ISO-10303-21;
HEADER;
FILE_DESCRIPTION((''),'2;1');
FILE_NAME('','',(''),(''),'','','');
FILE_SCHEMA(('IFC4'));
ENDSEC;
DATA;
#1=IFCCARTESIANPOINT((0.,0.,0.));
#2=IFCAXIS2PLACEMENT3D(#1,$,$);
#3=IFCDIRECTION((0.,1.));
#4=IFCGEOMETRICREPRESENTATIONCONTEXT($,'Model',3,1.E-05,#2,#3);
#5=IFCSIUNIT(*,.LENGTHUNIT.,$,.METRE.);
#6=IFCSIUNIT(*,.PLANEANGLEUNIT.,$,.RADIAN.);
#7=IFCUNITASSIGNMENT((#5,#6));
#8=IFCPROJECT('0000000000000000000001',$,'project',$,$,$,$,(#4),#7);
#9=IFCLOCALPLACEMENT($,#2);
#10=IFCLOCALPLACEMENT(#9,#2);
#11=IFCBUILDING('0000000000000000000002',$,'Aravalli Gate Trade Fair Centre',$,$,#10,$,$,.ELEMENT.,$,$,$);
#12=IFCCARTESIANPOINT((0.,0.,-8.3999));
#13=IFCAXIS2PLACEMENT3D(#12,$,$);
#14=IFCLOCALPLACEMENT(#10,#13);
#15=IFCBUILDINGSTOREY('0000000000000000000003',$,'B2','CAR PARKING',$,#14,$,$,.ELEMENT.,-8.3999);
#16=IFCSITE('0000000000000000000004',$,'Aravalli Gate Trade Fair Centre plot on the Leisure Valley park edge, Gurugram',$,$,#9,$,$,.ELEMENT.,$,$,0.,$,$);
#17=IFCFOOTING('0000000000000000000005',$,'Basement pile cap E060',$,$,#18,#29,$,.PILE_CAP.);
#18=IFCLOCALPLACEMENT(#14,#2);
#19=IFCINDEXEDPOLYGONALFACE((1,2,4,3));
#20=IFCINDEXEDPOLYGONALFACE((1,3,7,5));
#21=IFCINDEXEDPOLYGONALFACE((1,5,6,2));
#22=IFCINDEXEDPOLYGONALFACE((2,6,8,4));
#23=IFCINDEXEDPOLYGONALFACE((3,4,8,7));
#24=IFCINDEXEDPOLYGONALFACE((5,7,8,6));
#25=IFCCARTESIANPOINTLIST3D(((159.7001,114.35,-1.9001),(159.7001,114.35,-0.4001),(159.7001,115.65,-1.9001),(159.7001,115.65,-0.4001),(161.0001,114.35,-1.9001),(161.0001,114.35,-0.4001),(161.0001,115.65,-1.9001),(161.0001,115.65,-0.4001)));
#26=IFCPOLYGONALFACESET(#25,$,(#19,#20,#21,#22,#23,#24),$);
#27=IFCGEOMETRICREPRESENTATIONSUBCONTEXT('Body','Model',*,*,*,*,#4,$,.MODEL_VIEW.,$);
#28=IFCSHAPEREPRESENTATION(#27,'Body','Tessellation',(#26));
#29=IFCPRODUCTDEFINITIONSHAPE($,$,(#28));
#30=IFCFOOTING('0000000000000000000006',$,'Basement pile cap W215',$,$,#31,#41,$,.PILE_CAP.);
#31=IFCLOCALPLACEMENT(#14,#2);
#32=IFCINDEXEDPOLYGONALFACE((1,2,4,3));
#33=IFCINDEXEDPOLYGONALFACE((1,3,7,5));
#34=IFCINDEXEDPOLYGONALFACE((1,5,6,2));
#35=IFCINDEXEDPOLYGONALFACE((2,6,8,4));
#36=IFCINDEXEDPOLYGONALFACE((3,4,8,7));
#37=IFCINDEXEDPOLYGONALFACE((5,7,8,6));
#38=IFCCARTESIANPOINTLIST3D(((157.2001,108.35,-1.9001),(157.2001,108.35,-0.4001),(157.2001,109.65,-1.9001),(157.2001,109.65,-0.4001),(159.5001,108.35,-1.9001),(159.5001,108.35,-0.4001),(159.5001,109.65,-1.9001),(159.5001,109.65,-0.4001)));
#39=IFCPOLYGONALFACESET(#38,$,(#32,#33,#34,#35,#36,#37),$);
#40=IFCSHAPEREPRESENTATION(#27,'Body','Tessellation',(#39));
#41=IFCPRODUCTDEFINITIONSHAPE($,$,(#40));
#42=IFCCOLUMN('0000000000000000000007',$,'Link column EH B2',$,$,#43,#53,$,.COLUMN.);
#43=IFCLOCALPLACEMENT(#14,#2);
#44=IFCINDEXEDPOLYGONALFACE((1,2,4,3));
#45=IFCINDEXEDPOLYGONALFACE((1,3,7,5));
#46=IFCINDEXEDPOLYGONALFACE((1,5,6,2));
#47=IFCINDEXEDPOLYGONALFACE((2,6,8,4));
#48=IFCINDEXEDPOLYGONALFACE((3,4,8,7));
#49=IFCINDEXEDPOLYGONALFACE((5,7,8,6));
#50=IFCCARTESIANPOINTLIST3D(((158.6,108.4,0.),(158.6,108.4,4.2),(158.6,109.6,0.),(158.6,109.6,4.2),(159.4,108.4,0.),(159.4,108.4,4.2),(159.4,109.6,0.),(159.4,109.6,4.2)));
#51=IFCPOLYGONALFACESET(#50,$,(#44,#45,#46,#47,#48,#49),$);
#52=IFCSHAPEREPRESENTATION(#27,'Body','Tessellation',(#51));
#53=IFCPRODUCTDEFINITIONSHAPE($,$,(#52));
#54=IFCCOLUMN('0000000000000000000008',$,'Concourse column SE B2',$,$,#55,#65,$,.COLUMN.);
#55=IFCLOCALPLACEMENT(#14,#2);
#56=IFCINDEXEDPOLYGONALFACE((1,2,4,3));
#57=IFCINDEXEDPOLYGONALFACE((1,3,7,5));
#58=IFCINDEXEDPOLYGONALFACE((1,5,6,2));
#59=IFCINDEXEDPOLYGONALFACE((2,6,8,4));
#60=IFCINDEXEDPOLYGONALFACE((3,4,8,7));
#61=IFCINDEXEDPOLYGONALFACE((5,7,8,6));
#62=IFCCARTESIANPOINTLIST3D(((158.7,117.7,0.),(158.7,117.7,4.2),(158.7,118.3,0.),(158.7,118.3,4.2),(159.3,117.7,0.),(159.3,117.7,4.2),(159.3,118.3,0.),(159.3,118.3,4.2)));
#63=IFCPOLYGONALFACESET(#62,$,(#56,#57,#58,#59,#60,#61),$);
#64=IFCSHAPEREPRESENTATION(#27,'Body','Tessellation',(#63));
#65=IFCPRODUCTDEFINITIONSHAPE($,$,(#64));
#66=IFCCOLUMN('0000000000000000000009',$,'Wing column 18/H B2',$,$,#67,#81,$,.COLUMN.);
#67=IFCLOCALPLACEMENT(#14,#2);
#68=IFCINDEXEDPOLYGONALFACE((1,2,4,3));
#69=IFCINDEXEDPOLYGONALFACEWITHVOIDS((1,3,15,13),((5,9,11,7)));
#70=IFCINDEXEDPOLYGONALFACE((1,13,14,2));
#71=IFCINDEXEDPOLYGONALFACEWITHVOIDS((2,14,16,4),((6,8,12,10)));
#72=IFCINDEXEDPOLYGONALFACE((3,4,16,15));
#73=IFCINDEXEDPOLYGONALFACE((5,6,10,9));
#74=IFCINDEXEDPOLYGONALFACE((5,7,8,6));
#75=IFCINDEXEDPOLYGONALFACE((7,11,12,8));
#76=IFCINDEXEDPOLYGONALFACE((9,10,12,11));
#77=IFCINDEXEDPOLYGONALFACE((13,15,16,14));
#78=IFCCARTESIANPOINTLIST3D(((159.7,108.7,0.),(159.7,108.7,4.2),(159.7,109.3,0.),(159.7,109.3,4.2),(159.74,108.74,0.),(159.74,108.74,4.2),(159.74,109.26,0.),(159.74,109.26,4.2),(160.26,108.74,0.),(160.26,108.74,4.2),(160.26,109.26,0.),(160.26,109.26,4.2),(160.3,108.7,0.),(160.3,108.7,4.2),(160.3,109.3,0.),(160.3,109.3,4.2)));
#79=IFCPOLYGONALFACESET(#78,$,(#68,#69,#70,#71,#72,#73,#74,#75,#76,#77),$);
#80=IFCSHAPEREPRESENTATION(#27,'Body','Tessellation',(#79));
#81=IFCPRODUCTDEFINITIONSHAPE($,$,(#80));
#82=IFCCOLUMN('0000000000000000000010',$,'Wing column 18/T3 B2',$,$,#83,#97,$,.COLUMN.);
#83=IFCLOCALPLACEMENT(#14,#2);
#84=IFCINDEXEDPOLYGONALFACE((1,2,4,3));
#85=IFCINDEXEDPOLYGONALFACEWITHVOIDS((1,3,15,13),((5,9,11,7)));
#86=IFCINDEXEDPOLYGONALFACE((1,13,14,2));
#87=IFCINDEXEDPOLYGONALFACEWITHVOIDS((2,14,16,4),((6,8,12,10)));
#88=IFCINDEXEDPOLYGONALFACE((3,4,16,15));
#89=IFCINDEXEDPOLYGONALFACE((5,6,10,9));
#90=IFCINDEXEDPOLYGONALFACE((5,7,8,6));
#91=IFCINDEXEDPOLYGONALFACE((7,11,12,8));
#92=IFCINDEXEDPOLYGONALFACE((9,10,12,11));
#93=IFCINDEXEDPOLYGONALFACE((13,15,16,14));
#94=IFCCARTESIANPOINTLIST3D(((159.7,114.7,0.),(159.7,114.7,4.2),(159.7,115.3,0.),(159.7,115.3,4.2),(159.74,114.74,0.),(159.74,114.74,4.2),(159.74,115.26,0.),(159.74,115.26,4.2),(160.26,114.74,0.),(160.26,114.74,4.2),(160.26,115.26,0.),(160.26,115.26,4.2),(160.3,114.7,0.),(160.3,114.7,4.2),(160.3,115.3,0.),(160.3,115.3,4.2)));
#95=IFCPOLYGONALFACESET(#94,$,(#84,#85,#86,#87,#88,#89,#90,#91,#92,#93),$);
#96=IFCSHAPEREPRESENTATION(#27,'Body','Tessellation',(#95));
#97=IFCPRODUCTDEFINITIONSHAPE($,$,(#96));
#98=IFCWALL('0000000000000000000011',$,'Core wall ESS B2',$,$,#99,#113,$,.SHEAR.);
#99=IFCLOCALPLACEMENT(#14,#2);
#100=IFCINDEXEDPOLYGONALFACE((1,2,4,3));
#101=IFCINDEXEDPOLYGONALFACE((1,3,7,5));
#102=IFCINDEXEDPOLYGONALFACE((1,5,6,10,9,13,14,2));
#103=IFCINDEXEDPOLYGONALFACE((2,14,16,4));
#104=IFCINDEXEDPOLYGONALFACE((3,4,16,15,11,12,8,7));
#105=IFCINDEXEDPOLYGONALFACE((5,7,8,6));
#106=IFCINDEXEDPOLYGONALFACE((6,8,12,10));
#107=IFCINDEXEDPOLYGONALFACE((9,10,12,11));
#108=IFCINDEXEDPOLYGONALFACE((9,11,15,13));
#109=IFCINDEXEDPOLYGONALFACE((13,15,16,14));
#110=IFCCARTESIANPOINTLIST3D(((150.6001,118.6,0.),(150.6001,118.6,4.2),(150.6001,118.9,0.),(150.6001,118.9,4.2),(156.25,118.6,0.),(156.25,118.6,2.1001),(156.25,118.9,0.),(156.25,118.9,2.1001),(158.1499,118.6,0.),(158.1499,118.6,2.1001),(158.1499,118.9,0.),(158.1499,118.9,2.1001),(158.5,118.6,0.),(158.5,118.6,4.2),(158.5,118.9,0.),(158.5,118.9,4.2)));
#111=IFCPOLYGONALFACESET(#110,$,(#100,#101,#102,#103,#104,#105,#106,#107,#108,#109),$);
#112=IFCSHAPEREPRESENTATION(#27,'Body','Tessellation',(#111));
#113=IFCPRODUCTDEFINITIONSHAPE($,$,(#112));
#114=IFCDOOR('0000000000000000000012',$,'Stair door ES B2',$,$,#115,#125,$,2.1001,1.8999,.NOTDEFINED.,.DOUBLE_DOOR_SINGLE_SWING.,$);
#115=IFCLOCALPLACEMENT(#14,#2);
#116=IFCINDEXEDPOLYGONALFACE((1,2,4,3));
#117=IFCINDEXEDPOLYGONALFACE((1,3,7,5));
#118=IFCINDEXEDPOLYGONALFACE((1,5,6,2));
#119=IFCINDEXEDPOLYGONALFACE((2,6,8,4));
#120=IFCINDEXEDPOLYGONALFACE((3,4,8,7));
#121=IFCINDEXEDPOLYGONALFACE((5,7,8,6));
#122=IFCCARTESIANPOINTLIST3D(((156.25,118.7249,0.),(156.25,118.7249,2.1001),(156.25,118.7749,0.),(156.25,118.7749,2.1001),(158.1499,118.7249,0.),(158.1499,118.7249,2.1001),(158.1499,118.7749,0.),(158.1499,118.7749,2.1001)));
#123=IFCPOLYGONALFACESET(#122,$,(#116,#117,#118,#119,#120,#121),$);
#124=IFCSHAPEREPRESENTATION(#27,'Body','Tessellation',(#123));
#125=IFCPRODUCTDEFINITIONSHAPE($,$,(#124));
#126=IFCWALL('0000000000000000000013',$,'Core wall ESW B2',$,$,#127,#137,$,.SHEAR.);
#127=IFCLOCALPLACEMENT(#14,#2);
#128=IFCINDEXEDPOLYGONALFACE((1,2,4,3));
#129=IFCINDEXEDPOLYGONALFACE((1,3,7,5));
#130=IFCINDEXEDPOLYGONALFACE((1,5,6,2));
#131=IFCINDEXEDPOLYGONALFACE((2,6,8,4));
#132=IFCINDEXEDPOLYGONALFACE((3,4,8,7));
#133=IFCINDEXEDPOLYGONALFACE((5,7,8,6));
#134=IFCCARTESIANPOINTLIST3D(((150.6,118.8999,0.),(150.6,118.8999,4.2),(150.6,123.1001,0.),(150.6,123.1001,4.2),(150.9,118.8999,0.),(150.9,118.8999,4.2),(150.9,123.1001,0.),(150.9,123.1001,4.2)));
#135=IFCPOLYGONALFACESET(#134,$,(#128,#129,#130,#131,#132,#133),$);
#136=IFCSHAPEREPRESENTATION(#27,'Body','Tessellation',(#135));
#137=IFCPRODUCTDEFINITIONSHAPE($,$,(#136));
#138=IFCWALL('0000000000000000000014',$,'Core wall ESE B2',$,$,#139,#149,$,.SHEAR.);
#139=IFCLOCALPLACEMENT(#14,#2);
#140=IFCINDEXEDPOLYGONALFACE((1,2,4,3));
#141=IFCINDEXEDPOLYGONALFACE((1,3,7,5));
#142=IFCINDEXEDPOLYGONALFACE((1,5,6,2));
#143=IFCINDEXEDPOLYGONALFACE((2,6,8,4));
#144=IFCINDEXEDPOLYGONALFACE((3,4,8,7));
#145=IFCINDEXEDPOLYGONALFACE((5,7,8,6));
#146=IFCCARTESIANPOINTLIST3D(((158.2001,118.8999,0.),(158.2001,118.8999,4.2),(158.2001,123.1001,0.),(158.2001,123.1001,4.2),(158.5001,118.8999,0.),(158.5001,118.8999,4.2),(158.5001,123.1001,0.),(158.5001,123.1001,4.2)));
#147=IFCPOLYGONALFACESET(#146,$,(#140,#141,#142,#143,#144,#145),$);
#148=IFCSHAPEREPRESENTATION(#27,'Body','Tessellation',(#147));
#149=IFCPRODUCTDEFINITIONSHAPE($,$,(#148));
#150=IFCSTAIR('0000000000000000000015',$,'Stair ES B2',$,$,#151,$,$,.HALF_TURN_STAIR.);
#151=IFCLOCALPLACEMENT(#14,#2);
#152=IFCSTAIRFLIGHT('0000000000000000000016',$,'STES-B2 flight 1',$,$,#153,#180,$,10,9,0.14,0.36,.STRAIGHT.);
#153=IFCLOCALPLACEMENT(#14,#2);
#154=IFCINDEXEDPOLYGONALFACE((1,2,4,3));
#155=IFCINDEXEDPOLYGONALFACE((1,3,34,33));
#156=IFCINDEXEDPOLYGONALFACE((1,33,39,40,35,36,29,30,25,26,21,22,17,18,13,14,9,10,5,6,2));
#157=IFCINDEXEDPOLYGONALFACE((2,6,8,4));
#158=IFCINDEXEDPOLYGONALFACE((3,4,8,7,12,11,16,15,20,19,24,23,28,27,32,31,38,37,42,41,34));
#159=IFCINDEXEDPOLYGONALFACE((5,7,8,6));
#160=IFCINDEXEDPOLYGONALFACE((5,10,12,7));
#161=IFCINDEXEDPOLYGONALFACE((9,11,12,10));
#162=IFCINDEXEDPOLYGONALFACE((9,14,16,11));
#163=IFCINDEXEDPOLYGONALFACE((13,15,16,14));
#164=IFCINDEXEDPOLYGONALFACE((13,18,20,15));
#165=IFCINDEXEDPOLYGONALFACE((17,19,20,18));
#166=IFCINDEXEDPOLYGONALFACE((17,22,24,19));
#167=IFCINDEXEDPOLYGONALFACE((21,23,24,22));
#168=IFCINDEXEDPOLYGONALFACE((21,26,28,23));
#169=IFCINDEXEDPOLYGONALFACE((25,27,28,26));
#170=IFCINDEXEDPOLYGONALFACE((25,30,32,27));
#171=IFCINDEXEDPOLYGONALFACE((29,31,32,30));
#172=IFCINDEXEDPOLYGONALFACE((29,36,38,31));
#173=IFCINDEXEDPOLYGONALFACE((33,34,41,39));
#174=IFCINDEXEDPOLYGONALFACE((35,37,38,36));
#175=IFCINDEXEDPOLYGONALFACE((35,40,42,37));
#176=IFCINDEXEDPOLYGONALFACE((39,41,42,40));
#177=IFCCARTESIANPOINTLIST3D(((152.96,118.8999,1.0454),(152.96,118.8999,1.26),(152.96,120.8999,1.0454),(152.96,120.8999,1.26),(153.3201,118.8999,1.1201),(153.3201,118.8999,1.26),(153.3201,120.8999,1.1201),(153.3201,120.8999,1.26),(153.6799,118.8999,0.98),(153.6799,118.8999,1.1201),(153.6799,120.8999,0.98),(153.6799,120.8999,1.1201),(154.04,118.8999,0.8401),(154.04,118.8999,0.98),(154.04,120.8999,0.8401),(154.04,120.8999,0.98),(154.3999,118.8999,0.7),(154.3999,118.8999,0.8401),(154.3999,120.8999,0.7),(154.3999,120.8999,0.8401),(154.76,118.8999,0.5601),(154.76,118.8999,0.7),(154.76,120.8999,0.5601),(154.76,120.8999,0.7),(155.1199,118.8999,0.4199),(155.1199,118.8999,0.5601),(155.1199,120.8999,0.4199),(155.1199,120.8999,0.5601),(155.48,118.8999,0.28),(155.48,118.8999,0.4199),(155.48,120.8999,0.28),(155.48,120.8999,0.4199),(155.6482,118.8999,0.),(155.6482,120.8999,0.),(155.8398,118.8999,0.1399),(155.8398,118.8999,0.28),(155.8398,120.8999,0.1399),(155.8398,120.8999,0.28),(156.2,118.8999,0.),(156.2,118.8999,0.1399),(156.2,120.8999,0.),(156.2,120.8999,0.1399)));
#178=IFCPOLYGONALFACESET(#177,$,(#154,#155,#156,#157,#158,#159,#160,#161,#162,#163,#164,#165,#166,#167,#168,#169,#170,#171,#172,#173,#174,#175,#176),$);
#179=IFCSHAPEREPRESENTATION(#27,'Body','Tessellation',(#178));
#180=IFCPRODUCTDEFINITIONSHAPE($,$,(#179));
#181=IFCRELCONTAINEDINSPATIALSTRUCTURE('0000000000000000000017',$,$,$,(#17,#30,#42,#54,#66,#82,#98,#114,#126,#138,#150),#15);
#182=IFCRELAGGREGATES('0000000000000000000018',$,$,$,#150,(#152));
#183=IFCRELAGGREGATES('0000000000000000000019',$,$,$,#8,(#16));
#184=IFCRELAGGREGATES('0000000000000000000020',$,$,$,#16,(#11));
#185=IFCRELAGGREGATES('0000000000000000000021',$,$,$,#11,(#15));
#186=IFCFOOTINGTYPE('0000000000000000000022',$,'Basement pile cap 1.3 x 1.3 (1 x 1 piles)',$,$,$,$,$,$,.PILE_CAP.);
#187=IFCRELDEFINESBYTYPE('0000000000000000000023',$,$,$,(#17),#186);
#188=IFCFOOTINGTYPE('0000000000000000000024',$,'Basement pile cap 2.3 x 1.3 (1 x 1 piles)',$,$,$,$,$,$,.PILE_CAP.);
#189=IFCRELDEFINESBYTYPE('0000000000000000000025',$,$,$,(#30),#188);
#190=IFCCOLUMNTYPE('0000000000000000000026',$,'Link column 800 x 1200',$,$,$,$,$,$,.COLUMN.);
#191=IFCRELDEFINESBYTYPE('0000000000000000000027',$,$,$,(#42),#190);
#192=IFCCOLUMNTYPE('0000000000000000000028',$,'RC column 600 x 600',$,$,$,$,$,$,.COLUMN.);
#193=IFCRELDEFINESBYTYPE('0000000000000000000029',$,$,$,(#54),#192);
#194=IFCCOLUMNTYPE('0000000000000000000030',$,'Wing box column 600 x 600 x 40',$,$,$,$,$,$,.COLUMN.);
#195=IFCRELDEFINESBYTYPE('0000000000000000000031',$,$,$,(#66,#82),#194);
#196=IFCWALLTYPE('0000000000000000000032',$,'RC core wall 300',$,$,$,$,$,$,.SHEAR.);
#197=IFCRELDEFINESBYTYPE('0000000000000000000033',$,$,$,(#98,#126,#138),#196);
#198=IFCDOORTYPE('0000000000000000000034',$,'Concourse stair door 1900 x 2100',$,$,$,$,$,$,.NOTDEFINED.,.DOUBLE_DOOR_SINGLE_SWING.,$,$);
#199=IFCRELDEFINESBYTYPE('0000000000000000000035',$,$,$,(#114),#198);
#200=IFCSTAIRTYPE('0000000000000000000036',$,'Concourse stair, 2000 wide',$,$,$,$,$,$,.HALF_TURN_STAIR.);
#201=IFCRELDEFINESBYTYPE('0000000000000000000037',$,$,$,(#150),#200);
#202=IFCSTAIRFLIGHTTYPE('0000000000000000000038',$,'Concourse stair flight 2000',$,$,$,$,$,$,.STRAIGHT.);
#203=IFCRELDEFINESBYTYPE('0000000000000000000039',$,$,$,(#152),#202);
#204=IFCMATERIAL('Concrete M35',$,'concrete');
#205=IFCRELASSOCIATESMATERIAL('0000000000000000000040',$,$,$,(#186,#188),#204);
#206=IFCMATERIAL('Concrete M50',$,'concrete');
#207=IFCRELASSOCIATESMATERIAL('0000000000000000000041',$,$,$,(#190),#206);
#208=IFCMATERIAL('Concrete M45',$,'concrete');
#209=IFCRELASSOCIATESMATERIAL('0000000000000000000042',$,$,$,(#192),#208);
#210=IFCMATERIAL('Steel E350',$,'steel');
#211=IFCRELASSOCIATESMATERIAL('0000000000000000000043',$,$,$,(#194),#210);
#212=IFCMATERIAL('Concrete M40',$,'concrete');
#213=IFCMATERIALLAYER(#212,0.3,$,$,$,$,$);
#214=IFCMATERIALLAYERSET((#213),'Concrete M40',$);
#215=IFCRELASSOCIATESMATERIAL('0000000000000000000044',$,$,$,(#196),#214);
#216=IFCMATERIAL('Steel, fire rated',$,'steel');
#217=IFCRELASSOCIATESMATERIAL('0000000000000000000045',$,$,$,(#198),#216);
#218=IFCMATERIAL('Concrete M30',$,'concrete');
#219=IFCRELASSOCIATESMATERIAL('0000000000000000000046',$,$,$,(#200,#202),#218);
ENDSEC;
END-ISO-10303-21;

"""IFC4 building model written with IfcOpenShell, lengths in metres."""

from ifc_helpers import new_model, si_unit, direction, frame, frame_2d, origin, origin_2d, place, context, subcontext, project, spatial, polyline, rectangle, hollow_rectangle, outline, extrude, material, layer, layer_set, material_profile, profile_set, type_object, element, fill, aggregate, save


model = new_model("IFC4")

# Units and contexts
model_context = context("Model", 3, precision=1e-05, world=origin(), true_north=direction((0.0, 1.0)))
body_context = subcontext(model_context, "Body", "Model", "MODEL_VIEW")
ifc_project = project(units=[si_unit("LENGTHUNIT", "METRE"), si_unit("PLANEANGLEUNIT", "RADIAN")], contexts=[model_context])

# Site, building, storey
site_placement = place(None, origin())
site = spatial("IfcSite", under=ifc_project, at=site_placement, Name="Aravalli Gate Trade Fair Centre plot on the Leisure Valley park edge, Gurugram", CompositionType="ELEMENT", RefElevation=0.0)
building_placement = place(site_placement, origin())
building = spatial("IfcBuilding", under=site, at=building_placement, Name="Aravalli Gate Trade Fair Centre", CompositionType="ELEMENT")
storey_placement = place(building_placement, frame((0.0, 0.0, -8.3999)))
storey = spatial("IfcBuildingStorey", under=building, at=storey_placement, Name="B2", Description="CAR PARKING", CompositionType="ELEMENT", Elevation=-8.3999)

# Shared definitions
ifc_material_1 = material(Name="Concrete M35", Category="concrete")

# Footings
footing_type_1 = type_object("IfcFootingType", Name="Basement pile cap 1.3 x 1.3 (1 x 1 piles)", PredefinedType="PILE_CAP", material=ifc_material_1)
for number, where, z_axis, x_axis, name in (
    (1, (160.3501, 115.0, -1.9001), (0.0, 0.0, 1.0), (1.0, 0.0, 0.0), "Basement pile cap E060"),
):
    element("IfcFooting", number, at=place(storey_placement, frame(where, z_axis=z_axis, x_axis=x_axis)), inside=storey, type_object=footing_type_1, Name=name, PredefinedType="PILE_CAP", context=body_context, shape_type="SweptSolid", body=[
        extrude(rectangle(XDim=1.3, YDim=1.3, at=origin_2d()), origin(), (0.0, 0.0, 1.0), 1.5),
    ])
footing_type_2 = type_object("IfcFootingType", Name="Basement pile cap 2.3 x 1.3 (1 x 1 piles)", PredefinedType="PILE_CAP", material=ifc_material_1)
footing_placement = place(storey_placement, frame((158.3501, 109.0, -1.9001), z_axis=(0.0, 0.0, 1.0), x_axis=(1.0, 0.0, 0.0)))
element("IfcFooting", 2, at=footing_placement, inside=storey, type_object=footing_type_2, Name="Basement pile cap W215", PredefinedType="PILE_CAP", context=body_context, shape_type="SweptSolid", body=[
    extrude(rectangle(XDim=2.3, YDim=1.3, at=origin_2d()), origin(), (0.0, 0.0, 1.0), 1.5),
])

# Columns
ifc_material_2 = material(Name="Concrete M50", Category="concrete")
ifc_material_profile_1 = material_profile(ifc_material_2, rectangle(XDim=0.8, YDim=1.2, at=origin_2d()), Name="Link column 800 x 1200")
ifc_profile_set_1 = profile_set([ifc_material_profile_1], Name="Concrete M50")
column_type_1 = type_object("IfcColumnType", Name="Link column 800 x 1200", PredefinedType="COLUMN", material=ifc_profile_set_1)
column_1_placement = place(storey_placement, frame((159.0, 109.0, 0.0), z_axis=(0.0, 0.0, 1.0), x_axis=(1.0, 0.0, 0.0)))
element("IfcColumn", 3, at=column_1_placement, inside=storey, type_object=column_type_1, Name="Link column EH B2", PredefinedType="COLUMN", context=body_context, shape_type="SweptSolid", body=[
    extrude(rectangle(XDim=0.8, YDim=1.2, at=origin_2d()), origin(), (0.0, 0.0, 1.0), 4.2),
])
ifc_material_3 = material(Name="Concrete M45", Category="concrete")
ifc_material_profile_2 = material_profile(ifc_material_3, rectangle(XDim=0.6001, YDim=0.6001, at=origin_2d()), Name="RC column 600 x 600")
ifc_profile_set_2 = profile_set([ifc_material_profile_2], Name="Concrete M45")
column_type_2 = type_object("IfcColumnType", Name="RC column 600 x 600", PredefinedType="COLUMN", material=ifc_profile_set_2)
column_2_placement = place(storey_placement, frame((159.0, 118.0, 0.0), z_axis=(0.0, 0.0, 1.0), x_axis=(1.0, 0.0, 0.0)))
element("IfcColumn", 4, at=column_2_placement, inside=storey, type_object=column_type_2, Name="Concourse column SE B2", PredefinedType="COLUMN", context=body_context, shape_type="SweptSolid", body=[
    extrude(rectangle(XDim=0.6001, YDim=0.6001, at=origin_2d()), origin(), (0.0, 0.0, 1.0), 4.2),
])
ifc_material_4 = material(Name="Steel E350", Category="steel")
ifc_material_profile_3 = material_profile(ifc_material_4, hollow_rectangle(XDim=0.6001, YDim=0.6001, WallThickness=0.04, at=origin_2d()), Name="BOX 600x600x40")
ifc_profile_set_3 = profile_set([ifc_material_profile_3], Name="Steel E350")
column_type_3 = type_object("IfcColumnType", Name="Wing box column 600 x 600 x 40", PredefinedType="COLUMN", material=ifc_profile_set_3)
for number, where, z_axis, x_axis, name in (
    (5, (160.0, 109.0, 0.0), (0.0, 0.0, 1.0), (1.0, 0.0, 0.0), "Wing column 18/H B2"),
    (6, (160.0, 115.0, 0.0), (0.0, 0.0, 1.0), (1.0, 0.0, 0.0), "Wing column 18/T3 B2"),
):
    element("IfcColumn", number, at=place(storey_placement, frame(where, z_axis=z_axis, x_axis=x_axis)), inside=storey, type_object=column_type_3, Name=name, PredefinedType="COLUMN", context=body_context, shape_type="SweptSolid", body=[
        extrude(hollow_rectangle(XDim=0.6001, YDim=0.6001, WallThickness=0.04, at=origin_2d()), origin(), (0.0, 0.0, 1.0), 4.2),
    ])

# Wall, opening, door
ifc_material_5 = material(Name="Concrete M40", Category="concrete")
ifc_layer = layer(ifc_material_5, 0.3)
ifc_layer_set = layer_set([ifc_layer], Name="Concrete M40")
wall_type = type_object("IfcWallType", Name="RC core wall 300", PredefinedType="SHEAR", material=ifc_layer_set)
wall_placement = place(storey_placement, frame((150.6001, 118.75, 0.0), z_axis=(0.0, 0.0, 1.0), x_axis=(1.0, 0.0, 0.0)))
wall = element("IfcWall", 7, at=wall_placement, inside=storey, type_object=wall_type, Name="Core wall ESS B2", PredefinedType="SHEAR", context=body_context, shape_type="SweptSolid", body=[
    extrude(rectangle(XDim=7.8999, YDim=0.3, at=frame_2d((3.95, 0.0))), origin(), (0.0, 0.0, 1.0), 4.2),
])
opening_placement = place(wall_placement, frame((5.6499, 0.0, 0.0)))
opening = element("IfcOpeningElement", 8, at=opening_placement, cuts=wall, PredefinedType="OPENING", context=body_context, shape_type="SweptSolid", body=[
    extrude(rectangle(XDim=1.8999, YDim=2.1001, at=frame_2d((0.95, 1.05))), frame((0.0, 0.1599, 0.0), z_axis=(0.0, -1.0, 0.0), x_axis=(1.0, 0.0, 0.0)), (0.0, 0.0, 1.0), 0.3201),
])
ifc_material_6 = material(Name="Steel, fire rated", Category="steel")
door_type = type_object("IfcDoorType", Name="Concourse stair door 1900 x 2100", OperationType="DOUBLE_DOOR_SINGLE_SWING", PredefinedType="NOTDEFINED", material=ifc_material_6)
door_placement = place(opening_placement, origin())
door = element("IfcDoor", 9, at=door_placement, inside=storey, type_object=door_type, Name="Stair door ES B2", OperationType="DOUBLE_DOOR_SINGLE_SWING", OverallHeight=2.1001, OverallWidth=1.8999, PredefinedType="NOTDEFINED", context=body_context, shape_type="SweptSolid", body=[
    extrude(rectangle(XDim=1.8999, YDim=2.1001, at=frame_2d((0.95, 1.05))), frame((0.0, 0.0249, 0.0), z_axis=(0.0, -1.0, 0.0), x_axis=(1.0, 0.0, 0.0)), (0.0, 0.0, 1.0), 0.05),
])
fill(opening, door)

# Walls
for number, where, z_axis, x_axis, name in (
    (10, (150.75, 118.8999, 0.0), (0.0, 0.0, 1.0), (0.0, 1.0, 0.0), "Core wall ESW B2"),
    (11, (158.3501, 118.8999, 0.0), (0.0, 0.0, 1.0), (0.0, 1.0, 0.0), "Core wall ESE B2"),
):
    element("IfcWall", number, at=place(storey_placement, frame(where, z_axis=z_axis, x_axis=x_axis)), inside=storey, type_object=wall_type, Name=name, PredefinedType="SHEAR", context=body_context, shape_type="SweptSolid", body=[
        extrude(rectangle(XDim=4.2002, YDim=0.3, at=frame_2d((2.1001, 0.0))), origin(), (0.0, 0.0, 1.0), 4.2),
    ])

# Stair, stair flight
ifc_material_7 = material(Name="Concrete M30", Category="concrete")
stair_type = type_object("IfcStairType", Name="Concourse stair, 2000 wide", PredefinedType="HALF_TURN_STAIR", material=ifc_material_7)
stair_placement = place(storey_placement, origin())
stair = element("IfcStair", 12, at=stair_placement, inside=storey, type_object=stair_type, Name="Stair ES B2", PredefinedType="HALF_TURN_STAIR")
stair_flight_type = type_object("IfcStairFlightType", Name="Concourse stair flight 2000", PredefinedType="STRAIGHT", material=ifc_material_7)
stair_flight_1_placement = place(storey_placement, frame((156.2, 119.8999, 0.0), z_axis=(0.0, 0.0, 1.0), x_axis=(-1.0, 0.0, 0.0)))
stair_flight_1 = element("IfcStairFlight", 13, at=stair_flight_1_placement, type_object=stair_flight_type, Name="STES-B2 flight 1", NumberOfRisers=10, NumberOfTreads=9, PredefinedType="STRAIGHT", RiserHeight=0.14, TreadLength=0.36, context=body_context, shape_type="SweptSolid", body=[
    extrude(outline(polyline([(0.0, 0.0), (0.0, 0.1399), (0.3601, 0.1399), (0.3601, 0.28), (0.72, 0.28), (0.72, 0.4199), (1.0801, 0.4199), (1.0801, 0.5601), (1.4399, 0.5601), (1.4399, 0.7), (1.8, 0.7), (1.8, 0.8401), (2.1599, 0.8401), (2.1599, 0.98), (2.52, 0.98), (2.52, 1.1201), (2.8799, 1.1201), (2.8799, 1.26), (3.24, 1.26), (3.24, 1.3999), (3.24, 1.0454), (0.5518, 0.0), (0.0, 0.0)])), frame((0.0, 1.0, 0.0), z_axis=(0.0, -1.0, 0.0), x_axis=(1.0, 0.0, 0.0)), (0.0, 0.0, 1.0), 2.0),
])
aggregate(stair, [stair_flight_1])

save(model, "model.ifc")
